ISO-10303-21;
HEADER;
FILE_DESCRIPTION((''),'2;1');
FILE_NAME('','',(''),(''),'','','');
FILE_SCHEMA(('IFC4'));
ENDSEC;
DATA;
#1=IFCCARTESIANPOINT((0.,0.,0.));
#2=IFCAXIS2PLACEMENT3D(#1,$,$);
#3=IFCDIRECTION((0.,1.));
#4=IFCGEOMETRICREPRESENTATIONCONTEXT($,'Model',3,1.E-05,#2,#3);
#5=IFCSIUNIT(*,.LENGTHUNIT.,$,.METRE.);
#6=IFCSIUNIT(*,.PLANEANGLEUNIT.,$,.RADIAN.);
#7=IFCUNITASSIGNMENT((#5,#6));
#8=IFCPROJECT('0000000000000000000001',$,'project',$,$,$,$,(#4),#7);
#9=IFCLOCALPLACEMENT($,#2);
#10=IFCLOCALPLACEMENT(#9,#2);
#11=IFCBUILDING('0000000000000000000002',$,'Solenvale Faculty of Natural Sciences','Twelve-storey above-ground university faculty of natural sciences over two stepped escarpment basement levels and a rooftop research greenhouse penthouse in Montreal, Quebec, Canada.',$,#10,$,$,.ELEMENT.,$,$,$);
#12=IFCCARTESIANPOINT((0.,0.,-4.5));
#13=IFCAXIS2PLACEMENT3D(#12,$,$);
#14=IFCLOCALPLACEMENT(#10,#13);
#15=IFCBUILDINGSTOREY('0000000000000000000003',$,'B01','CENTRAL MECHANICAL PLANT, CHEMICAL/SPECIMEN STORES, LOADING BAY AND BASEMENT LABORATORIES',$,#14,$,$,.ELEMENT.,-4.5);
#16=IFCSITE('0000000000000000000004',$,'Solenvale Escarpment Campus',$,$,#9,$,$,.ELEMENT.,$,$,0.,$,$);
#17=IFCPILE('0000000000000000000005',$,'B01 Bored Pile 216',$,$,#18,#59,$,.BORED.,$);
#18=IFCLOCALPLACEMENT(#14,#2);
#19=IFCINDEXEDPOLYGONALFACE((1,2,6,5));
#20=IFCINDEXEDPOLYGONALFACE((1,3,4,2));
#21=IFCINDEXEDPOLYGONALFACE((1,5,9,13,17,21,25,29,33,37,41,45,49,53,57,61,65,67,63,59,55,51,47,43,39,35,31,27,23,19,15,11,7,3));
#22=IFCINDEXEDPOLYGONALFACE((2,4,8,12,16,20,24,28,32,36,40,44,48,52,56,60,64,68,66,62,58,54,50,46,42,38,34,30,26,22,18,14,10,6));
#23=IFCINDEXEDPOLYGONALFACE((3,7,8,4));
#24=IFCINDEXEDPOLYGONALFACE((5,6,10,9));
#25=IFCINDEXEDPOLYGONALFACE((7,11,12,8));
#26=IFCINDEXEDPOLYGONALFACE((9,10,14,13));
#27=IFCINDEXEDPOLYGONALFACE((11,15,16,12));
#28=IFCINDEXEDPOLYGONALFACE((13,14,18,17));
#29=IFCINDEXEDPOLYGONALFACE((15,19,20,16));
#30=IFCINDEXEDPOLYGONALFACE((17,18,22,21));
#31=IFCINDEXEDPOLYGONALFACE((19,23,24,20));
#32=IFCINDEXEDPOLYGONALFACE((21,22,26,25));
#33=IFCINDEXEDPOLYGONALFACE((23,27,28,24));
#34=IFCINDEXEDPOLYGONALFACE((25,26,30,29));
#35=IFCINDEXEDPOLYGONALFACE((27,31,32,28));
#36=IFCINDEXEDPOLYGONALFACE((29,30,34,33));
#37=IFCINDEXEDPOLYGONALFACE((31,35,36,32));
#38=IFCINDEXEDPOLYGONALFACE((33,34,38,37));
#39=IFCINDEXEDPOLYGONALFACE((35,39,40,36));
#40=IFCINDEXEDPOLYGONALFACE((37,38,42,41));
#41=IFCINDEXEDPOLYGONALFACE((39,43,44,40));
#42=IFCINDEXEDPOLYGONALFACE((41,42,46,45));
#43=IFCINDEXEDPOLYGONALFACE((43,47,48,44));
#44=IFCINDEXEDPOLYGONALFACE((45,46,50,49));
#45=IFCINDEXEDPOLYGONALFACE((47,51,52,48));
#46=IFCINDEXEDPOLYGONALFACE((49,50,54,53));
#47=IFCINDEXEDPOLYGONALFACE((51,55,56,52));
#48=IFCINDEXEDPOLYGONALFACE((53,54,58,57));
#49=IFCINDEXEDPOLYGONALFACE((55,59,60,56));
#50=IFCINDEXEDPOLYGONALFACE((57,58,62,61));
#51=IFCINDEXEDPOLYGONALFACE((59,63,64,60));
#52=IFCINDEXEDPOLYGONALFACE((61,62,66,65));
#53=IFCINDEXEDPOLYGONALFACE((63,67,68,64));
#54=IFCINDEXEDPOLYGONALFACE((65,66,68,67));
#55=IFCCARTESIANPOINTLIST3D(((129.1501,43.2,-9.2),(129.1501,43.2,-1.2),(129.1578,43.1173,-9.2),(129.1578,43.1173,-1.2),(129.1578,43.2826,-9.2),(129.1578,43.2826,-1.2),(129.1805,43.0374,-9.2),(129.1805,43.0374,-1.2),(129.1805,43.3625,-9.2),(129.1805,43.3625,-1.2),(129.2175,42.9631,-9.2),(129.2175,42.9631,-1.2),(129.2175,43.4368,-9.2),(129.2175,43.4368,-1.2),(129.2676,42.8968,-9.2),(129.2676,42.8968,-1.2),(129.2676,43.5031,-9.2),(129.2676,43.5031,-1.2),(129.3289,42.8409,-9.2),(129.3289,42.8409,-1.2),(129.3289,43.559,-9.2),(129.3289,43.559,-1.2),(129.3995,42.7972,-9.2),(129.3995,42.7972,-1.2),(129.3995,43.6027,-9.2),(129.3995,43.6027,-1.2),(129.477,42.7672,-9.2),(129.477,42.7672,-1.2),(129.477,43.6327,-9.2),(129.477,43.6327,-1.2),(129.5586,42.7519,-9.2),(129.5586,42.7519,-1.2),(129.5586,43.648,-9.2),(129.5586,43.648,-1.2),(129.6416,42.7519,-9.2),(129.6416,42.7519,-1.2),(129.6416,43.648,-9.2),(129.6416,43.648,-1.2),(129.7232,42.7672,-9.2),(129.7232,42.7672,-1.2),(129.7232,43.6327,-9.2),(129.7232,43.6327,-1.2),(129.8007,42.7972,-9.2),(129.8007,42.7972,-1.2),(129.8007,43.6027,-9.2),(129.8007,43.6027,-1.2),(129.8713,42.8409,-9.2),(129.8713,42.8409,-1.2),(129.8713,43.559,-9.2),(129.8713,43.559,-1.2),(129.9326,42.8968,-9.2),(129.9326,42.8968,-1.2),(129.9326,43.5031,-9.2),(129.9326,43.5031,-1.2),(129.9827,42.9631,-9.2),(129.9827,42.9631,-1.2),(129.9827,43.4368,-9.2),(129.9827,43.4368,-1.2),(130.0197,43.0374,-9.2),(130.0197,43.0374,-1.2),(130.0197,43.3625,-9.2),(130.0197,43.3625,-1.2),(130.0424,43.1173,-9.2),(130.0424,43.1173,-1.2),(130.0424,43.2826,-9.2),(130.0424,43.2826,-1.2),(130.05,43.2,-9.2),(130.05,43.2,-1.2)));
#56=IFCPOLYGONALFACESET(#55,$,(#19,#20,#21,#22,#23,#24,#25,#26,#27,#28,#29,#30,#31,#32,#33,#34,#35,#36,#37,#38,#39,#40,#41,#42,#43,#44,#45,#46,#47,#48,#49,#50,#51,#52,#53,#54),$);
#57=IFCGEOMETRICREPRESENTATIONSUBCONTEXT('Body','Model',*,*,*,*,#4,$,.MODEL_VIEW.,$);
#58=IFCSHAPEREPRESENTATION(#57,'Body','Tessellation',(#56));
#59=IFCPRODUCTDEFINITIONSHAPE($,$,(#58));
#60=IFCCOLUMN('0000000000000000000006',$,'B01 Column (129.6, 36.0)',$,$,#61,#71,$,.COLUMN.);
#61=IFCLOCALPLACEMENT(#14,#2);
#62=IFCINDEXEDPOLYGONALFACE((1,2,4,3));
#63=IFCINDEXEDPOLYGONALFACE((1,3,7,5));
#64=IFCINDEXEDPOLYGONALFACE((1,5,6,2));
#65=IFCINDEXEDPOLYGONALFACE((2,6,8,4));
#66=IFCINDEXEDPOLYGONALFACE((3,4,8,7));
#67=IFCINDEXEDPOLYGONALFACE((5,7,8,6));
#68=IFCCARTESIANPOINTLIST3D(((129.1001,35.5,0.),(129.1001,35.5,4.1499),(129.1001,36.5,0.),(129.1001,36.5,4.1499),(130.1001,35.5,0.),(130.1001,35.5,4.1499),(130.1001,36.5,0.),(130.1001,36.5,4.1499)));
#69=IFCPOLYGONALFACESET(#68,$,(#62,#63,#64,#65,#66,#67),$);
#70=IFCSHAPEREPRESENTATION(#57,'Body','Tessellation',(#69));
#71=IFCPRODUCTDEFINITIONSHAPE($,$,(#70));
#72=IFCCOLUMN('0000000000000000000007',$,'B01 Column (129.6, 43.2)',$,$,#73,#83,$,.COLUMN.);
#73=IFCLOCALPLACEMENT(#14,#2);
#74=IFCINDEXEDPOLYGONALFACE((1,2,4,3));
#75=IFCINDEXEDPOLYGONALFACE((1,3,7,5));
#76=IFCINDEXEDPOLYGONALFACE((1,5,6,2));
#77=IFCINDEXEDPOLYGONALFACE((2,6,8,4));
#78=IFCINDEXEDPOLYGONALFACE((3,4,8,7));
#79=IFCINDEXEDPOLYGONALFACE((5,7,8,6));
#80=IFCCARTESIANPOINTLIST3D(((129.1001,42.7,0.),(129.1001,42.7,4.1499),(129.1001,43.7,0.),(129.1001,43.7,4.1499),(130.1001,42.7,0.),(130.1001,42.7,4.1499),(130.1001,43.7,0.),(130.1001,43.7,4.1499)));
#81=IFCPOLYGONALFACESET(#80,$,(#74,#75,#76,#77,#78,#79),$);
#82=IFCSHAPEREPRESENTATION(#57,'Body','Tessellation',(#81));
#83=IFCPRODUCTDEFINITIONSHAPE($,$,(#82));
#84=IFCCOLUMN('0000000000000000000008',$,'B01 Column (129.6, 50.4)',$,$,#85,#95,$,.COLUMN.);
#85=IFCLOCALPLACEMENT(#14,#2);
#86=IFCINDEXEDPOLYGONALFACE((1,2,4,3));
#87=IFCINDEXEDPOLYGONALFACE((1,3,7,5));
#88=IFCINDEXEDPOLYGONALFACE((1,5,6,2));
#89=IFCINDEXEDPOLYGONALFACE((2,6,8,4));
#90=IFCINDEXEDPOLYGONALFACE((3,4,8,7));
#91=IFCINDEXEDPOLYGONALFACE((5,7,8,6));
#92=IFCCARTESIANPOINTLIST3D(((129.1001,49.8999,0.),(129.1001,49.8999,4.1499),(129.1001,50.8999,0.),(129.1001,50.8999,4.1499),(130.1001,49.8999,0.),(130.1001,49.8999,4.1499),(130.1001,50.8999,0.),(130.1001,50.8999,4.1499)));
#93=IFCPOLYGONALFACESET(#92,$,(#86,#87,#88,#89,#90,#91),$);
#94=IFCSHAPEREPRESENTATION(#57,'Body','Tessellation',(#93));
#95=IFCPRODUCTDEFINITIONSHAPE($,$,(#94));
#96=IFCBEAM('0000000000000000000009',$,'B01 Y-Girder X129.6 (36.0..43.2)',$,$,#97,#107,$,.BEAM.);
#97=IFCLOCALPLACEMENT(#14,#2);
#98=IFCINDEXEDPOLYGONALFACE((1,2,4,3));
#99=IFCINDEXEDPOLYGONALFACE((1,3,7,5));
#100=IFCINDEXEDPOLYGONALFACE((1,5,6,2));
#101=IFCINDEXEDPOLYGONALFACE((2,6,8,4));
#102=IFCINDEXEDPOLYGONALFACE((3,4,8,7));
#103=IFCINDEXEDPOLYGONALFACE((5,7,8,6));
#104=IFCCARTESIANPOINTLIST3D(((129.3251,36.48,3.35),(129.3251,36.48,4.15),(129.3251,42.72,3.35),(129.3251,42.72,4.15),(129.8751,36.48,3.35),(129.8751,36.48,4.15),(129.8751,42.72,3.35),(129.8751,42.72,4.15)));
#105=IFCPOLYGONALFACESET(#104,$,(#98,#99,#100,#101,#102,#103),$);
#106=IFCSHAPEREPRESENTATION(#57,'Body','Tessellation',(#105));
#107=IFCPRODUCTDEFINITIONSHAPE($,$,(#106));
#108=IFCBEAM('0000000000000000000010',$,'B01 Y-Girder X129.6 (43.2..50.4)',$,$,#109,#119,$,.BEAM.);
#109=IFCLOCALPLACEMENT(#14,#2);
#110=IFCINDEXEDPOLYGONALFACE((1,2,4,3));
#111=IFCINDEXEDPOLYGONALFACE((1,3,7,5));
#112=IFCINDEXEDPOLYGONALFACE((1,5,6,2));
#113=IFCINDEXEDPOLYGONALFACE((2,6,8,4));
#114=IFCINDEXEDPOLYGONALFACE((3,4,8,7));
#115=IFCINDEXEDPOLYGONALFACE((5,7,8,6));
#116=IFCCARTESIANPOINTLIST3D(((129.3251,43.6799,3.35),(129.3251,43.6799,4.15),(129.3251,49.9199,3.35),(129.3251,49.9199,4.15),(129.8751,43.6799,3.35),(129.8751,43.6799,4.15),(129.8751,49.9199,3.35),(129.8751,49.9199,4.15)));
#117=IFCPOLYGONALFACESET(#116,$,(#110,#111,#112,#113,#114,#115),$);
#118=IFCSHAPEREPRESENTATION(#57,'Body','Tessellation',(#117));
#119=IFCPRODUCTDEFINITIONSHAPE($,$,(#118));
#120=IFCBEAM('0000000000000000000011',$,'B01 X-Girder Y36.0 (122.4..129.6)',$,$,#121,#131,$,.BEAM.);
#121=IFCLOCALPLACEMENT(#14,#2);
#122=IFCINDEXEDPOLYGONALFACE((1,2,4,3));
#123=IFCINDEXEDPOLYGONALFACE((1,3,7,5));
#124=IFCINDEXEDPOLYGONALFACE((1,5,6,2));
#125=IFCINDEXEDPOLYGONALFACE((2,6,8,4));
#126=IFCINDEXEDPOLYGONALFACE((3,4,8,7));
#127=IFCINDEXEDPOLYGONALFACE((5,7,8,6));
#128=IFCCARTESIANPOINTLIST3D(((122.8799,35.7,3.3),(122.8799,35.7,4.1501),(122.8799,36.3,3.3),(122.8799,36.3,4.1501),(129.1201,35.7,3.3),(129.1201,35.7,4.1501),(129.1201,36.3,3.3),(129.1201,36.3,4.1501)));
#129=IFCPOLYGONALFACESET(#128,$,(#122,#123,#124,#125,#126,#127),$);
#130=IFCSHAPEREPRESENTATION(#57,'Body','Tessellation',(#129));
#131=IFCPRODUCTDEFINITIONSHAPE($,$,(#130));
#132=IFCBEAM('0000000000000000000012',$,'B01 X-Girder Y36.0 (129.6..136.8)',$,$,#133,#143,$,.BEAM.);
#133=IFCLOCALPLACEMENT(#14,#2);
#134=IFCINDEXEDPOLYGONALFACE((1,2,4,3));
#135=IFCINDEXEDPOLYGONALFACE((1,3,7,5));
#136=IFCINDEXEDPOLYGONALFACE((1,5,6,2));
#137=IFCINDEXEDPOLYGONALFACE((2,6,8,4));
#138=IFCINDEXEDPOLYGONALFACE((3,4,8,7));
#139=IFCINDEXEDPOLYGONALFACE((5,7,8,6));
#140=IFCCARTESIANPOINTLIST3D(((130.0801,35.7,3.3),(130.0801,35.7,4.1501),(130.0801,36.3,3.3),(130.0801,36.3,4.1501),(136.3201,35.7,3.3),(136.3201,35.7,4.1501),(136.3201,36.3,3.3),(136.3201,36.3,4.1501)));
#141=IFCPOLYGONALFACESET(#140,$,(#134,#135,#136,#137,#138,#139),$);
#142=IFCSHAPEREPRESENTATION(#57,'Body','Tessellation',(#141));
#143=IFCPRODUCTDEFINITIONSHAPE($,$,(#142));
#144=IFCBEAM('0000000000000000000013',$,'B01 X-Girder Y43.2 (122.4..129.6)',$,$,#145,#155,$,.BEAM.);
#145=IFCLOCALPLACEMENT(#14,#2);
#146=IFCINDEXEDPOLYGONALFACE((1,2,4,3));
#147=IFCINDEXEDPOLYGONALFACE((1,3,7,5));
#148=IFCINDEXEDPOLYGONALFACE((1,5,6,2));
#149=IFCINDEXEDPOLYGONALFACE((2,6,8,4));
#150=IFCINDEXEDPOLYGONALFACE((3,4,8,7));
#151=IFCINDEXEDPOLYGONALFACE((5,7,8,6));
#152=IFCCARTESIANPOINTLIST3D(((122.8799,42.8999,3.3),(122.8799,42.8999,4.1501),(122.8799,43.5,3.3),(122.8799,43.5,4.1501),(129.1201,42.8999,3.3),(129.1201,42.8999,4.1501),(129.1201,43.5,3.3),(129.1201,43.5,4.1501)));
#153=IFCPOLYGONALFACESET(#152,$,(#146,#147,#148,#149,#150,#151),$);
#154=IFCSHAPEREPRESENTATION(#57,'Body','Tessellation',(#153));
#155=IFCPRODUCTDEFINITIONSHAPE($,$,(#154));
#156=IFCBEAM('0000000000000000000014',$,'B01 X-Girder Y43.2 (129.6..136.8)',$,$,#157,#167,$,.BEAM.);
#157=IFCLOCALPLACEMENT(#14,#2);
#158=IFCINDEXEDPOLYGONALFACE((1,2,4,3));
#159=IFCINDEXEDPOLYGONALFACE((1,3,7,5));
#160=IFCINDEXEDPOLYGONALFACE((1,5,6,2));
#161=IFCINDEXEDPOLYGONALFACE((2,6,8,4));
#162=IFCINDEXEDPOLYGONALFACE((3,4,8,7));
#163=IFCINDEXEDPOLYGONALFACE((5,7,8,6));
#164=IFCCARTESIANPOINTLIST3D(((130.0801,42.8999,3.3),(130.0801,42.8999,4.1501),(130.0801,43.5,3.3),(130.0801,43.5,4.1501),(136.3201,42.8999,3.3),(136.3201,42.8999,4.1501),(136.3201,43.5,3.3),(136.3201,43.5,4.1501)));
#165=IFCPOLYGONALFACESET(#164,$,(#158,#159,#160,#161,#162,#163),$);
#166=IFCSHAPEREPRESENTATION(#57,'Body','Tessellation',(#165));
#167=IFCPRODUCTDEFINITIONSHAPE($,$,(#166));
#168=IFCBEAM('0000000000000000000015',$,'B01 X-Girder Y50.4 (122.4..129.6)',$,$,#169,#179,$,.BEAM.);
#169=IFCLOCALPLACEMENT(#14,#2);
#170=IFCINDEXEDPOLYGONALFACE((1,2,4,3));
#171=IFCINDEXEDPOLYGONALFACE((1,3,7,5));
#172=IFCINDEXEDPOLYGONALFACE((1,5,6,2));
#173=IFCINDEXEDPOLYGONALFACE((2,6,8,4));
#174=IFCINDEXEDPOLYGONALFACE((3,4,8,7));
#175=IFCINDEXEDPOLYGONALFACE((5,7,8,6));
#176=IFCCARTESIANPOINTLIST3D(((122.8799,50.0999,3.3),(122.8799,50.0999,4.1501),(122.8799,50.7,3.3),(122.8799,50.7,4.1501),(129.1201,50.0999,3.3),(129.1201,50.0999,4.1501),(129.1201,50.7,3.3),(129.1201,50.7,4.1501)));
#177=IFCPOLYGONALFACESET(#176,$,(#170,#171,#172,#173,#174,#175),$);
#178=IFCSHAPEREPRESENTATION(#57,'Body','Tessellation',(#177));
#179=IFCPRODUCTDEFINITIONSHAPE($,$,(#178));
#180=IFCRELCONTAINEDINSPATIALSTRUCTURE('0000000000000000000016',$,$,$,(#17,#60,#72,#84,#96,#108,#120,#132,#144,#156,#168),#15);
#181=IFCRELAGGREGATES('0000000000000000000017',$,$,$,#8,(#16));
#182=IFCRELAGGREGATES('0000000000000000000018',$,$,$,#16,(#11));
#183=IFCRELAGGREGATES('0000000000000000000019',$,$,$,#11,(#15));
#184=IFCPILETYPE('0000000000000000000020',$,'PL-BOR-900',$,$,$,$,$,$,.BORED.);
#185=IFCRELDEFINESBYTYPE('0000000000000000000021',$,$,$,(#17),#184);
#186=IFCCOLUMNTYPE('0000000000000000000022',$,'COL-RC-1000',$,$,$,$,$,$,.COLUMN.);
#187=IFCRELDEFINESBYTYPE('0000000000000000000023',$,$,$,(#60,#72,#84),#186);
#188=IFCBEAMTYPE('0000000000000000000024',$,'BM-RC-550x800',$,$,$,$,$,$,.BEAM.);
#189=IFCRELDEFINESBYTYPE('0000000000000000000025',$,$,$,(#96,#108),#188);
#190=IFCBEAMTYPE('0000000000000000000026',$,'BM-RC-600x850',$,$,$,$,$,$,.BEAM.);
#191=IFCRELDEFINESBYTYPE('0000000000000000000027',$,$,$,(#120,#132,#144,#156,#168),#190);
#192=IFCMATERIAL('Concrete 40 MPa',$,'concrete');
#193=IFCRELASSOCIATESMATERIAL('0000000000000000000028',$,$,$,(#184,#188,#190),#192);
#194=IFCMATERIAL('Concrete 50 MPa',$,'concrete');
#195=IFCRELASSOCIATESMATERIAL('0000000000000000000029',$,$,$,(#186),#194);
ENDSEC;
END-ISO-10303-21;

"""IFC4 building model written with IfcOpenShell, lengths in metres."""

from ifc_helpers import new_model, si_unit, direction, frame, origin, origin_2d, place, context, subcontext, project, spatial, rectangle, circle, extrude, material, material_profile, profile_set, type_object, element, save


model = new_model("IFC4")

# Units and contexts
model_context = context("Model", 3, precision=1e-05, world=origin(), true_north=direction((0.0, 1.0)))
body_context = subcontext(model_context, "Body", "Model", "MODEL_VIEW")
ifc_project = project(units=[si_unit("LENGTHUNIT", "METRE"), si_unit("PLANEANGLEUNIT", "RADIAN")], contexts=[model_context])

# Site, building, storey
site_placement = place(None, origin())
site = spatial("IfcSite", under=ifc_project, at=site_placement, Name="Solenvale Escarpment Campus", CompositionType="ELEMENT", RefElevation=0.0)
building_placement = place(site_placement, origin())
building = spatial("IfcBuilding", under=site, at=building_placement, Name="Solenvale Faculty of Natural Sciences", Description="Twelve-storey above-ground university faculty of natural sciences over two stepped escarpment basement levels and a rooftop research greenhouse penthouse in Montreal, Quebec, Canada.", CompositionType="ELEMENT")
storey_placement = place(building_placement, frame((0.0, 0.0, -4.5)))
storey = spatial("IfcBuildingStorey", under=building, at=storey_placement, Name="B01", Description="CENTRAL MECHANICAL PLANT, CHEMICAL/SPECIMEN STORES, LOADING BAY AND BASEMENT LABORATORIES", CompositionType="ELEMENT", Elevation=-4.5)

# Shared definitions
ifc_material_1 = material(Name="Concrete 40 MPa", Category="concrete")

# Pile
ifc_material_profile_1 = material_profile(ifc_material_1, circle(Radius=0.45, at=origin_2d()), Name="PILE-D900")
ifc_profile_set_1 = profile_set([ifc_material_profile_1], Name="Concrete 40 MPa")
pile_type_1 = type_object("IfcPileType", Name="PL-BOR-900", PredefinedType="BORED", material=ifc_profile_set_1)
for number, where, z_axis, x_axis, name in (
    (1, (129.6001, 43.2, -1.2), (0.0, 0.0, -1.0), (1.0, 0.0, 0.0), "B01 Bored Pile 216"),
):
    element("IfcPile", number, at=place(storey_placement, frame(where, z_axis=z_axis, x_axis=x_axis)), inside=storey, type_object=pile_type_1, Name=name, PredefinedType="BORED", context=body_context, shape_type="SweptSolid", body=[
        extrude(circle(Radius=0.45, at=origin_2d()), origin(), (0.0, 0.0, 1.0), 8.0),
    ])

# Columns
ifc_material_2 = material(Name="Concrete 50 MPa", Category="concrete")
ifc_material_profile_2 = material_profile(ifc_material_2, rectangle(XDim=1.0, YDim=1.0, at=origin_2d()), Name="RC-COL-1000x1000")
ifc_profile_set_2 = profile_set([ifc_material_profile_2], Name="Concrete 50 MPa")
column_type = type_object("IfcColumnType", Name="COL-RC-1000", PredefinedType="COLUMN", material=ifc_profile_set_2)
for number, where, z_axis, x_axis, name in (
    (2, (129.6001, 36.0, 0.0), (0.0, 0.0, 1.0), (1.0, 0.0, 0.0), "B01 Column (129.6, 36.0)"),
    (3, (129.6001, 43.2, 0.0), (0.0, 0.0, 1.0), (1.0, 0.0, 0.0), "B01 Column (129.6, 43.2)"),
    (4, (129.6001, 50.3999, 0.0), (0.0, 0.0, 1.0), (1.0, 0.0, 0.0), "B01 Column (129.6, 50.4)"),
):
    element("IfcColumn", number, at=place(storey_placement, frame(where, z_axis=z_axis, x_axis=x_axis)), inside=storey, type_object=column_type, Name=name, PredefinedType="COLUMN", context=body_context, shape_type="SweptSolid", body=[
        extrude(rectangle(XDim=1.0, YDim=1.0, at=origin_2d()), origin(), (0.0, 0.0, 1.0), 4.1499),
    ])

# Beams
ifc_material_profile_3 = material_profile(ifc_material_1, rectangle(XDim=0.55, YDim=0.8, at=origin_2d()), Name="RC-BM-550x800")
ifc_profile_set_3 = profile_set([ifc_material_profile_3], Name="Concrete 40 MPa")
beam_type_1 = type_object("IfcBeamType", Name="BM-RC-550x800", PredefinedType="BEAM", material=ifc_profile_set_3)
for number, where, z_axis, x_axis, name in (
    (5, (129.6001, 36.48, 3.75), (0.0, 1.0, 0.0), (-1.0, 0.0, 0.0), "B01 Y-Girder X129.6 (36.0..43.2)"),
    (6, (129.6001, 43.6799, 3.75), (0.0, 1.0, 0.0), (-1.0, 0.0, 0.0), "B01 Y-Girder X129.6 (43.2..50.4)"),
):
    element("IfcBeam", number, at=place(storey_placement, frame(where, z_axis=z_axis, x_axis=x_axis)), inside=storey, type_object=beam_type_1, Name=name, PredefinedType="BEAM", context=body_context, shape_type="SweptSolid", body=[
        extrude(rectangle(XDim=0.55, YDim=0.8, at=origin_2d()), origin(), (0.0, 0.0, 1.0), 6.24),
    ])
ifc_material_profile_4 = material_profile(ifc_material_1, rectangle(XDim=0.6001, YDim=0.8501, at=origin_2d()), Name="RC-BM-600x850")
ifc_profile_set_4 = profile_set([ifc_material_profile_4], Name="Concrete 40 MPa")
beam_type_2 = type_object("IfcBeamType", Name="BM-RC-600x850", PredefinedType="BEAM", material=ifc_profile_set_4)
beam_1_placement = place(storey_placement, frame((122.8799, 36.0, 3.7251), z_axis=(1.0, 0.0, 0.0), x_axis=(0.0, 1.0, 0.0)))
element("IfcBeam", 7, at=beam_1_placement, inside=storey, type_object=beam_type_2, Name="B01 X-Girder Y36.0 (122.4..129.6)", PredefinedType="BEAM", context=body_context, shape_type="SweptSolid", body=[
    extrude(rectangle(XDim=0.6001, YDim=0.8501, at=origin_2d()), origin(), (0.0, 0.0, 1.0), 6.2402),
])
beam_2_placement = place(storey_placement, frame((130.0801, 36.0, 3.7251), z_axis=(1.0, 0.0, 0.0), x_axis=(0.0, 1.0, 0.0)))
element("IfcBeam", 8, at=beam_2_placement, inside=storey, type_object=beam_type_2, Name="B01 X-Girder Y36.0 (129.6..136.8)", PredefinedType="BEAM", context=body_context, shape_type="SweptSolid", body=[
    extrude(rectangle(XDim=0.6001, YDim=0.8501, at=origin_2d()), origin(), (0.0, 0.0, 1.0), 6.24),
])
beam_3_placement = place(storey_placement, frame((122.8799, 43.2, 3.7251), z_axis=(1.0, 0.0, 0.0), x_axis=(0.0, 1.0, 0.0)))
element("IfcBeam", 9, at=beam_3_placement, inside=storey, type_object=beam_type_2, Name="B01 X-Girder Y43.2 (122.4..129.6)", PredefinedType="BEAM", context=body_context, shape_type="SweptSolid", body=[
    extrude(rectangle(XDim=0.6001, YDim=0.8501, at=origin_2d()), origin(), (0.0, 0.0, 1.0), 6.2402),
])
beam_4_placement = place(storey_placement, frame((130.0801, 43.2, 3.7251), z_axis=(1.0, 0.0, 0.0), x_axis=(0.0, 1.0, 0.0)))
element("IfcBeam", 10, at=beam_4_placement, inside=storey, type_object=beam_type_2, Name="B01 X-Girder Y43.2 (129.6..136.8)", PredefinedType="BEAM", context=body_context, shape_type="SweptSolid", body=[
    extrude(rectangle(XDim=0.6001, YDim=0.8501, at=origin_2d()), origin(), (0.0, 0.0, 1.0), 6.24),
])
beam_5_placement = place(storey_placement, frame((122.8799, 50.3999, 3.7251), z_axis=(1.0, 0.0, 0.0), x_axis=(0.0, 1.0, 0.0)))
element("IfcBeam", 11, at=beam_5_placement, inside=storey, type_object=beam_type_2, Name="B01 X-Girder Y50.4 (122.4..129.6)", PredefinedType="BEAM", context=body_context, shape_type="SweptSolid", body=[
    extrude(rectangle(XDim=0.6001, YDim=0.8501, at=origin_2d()), origin(), (0.0, 0.0, 1.0), 6.2402),
])

save(model, "model.ifc")
